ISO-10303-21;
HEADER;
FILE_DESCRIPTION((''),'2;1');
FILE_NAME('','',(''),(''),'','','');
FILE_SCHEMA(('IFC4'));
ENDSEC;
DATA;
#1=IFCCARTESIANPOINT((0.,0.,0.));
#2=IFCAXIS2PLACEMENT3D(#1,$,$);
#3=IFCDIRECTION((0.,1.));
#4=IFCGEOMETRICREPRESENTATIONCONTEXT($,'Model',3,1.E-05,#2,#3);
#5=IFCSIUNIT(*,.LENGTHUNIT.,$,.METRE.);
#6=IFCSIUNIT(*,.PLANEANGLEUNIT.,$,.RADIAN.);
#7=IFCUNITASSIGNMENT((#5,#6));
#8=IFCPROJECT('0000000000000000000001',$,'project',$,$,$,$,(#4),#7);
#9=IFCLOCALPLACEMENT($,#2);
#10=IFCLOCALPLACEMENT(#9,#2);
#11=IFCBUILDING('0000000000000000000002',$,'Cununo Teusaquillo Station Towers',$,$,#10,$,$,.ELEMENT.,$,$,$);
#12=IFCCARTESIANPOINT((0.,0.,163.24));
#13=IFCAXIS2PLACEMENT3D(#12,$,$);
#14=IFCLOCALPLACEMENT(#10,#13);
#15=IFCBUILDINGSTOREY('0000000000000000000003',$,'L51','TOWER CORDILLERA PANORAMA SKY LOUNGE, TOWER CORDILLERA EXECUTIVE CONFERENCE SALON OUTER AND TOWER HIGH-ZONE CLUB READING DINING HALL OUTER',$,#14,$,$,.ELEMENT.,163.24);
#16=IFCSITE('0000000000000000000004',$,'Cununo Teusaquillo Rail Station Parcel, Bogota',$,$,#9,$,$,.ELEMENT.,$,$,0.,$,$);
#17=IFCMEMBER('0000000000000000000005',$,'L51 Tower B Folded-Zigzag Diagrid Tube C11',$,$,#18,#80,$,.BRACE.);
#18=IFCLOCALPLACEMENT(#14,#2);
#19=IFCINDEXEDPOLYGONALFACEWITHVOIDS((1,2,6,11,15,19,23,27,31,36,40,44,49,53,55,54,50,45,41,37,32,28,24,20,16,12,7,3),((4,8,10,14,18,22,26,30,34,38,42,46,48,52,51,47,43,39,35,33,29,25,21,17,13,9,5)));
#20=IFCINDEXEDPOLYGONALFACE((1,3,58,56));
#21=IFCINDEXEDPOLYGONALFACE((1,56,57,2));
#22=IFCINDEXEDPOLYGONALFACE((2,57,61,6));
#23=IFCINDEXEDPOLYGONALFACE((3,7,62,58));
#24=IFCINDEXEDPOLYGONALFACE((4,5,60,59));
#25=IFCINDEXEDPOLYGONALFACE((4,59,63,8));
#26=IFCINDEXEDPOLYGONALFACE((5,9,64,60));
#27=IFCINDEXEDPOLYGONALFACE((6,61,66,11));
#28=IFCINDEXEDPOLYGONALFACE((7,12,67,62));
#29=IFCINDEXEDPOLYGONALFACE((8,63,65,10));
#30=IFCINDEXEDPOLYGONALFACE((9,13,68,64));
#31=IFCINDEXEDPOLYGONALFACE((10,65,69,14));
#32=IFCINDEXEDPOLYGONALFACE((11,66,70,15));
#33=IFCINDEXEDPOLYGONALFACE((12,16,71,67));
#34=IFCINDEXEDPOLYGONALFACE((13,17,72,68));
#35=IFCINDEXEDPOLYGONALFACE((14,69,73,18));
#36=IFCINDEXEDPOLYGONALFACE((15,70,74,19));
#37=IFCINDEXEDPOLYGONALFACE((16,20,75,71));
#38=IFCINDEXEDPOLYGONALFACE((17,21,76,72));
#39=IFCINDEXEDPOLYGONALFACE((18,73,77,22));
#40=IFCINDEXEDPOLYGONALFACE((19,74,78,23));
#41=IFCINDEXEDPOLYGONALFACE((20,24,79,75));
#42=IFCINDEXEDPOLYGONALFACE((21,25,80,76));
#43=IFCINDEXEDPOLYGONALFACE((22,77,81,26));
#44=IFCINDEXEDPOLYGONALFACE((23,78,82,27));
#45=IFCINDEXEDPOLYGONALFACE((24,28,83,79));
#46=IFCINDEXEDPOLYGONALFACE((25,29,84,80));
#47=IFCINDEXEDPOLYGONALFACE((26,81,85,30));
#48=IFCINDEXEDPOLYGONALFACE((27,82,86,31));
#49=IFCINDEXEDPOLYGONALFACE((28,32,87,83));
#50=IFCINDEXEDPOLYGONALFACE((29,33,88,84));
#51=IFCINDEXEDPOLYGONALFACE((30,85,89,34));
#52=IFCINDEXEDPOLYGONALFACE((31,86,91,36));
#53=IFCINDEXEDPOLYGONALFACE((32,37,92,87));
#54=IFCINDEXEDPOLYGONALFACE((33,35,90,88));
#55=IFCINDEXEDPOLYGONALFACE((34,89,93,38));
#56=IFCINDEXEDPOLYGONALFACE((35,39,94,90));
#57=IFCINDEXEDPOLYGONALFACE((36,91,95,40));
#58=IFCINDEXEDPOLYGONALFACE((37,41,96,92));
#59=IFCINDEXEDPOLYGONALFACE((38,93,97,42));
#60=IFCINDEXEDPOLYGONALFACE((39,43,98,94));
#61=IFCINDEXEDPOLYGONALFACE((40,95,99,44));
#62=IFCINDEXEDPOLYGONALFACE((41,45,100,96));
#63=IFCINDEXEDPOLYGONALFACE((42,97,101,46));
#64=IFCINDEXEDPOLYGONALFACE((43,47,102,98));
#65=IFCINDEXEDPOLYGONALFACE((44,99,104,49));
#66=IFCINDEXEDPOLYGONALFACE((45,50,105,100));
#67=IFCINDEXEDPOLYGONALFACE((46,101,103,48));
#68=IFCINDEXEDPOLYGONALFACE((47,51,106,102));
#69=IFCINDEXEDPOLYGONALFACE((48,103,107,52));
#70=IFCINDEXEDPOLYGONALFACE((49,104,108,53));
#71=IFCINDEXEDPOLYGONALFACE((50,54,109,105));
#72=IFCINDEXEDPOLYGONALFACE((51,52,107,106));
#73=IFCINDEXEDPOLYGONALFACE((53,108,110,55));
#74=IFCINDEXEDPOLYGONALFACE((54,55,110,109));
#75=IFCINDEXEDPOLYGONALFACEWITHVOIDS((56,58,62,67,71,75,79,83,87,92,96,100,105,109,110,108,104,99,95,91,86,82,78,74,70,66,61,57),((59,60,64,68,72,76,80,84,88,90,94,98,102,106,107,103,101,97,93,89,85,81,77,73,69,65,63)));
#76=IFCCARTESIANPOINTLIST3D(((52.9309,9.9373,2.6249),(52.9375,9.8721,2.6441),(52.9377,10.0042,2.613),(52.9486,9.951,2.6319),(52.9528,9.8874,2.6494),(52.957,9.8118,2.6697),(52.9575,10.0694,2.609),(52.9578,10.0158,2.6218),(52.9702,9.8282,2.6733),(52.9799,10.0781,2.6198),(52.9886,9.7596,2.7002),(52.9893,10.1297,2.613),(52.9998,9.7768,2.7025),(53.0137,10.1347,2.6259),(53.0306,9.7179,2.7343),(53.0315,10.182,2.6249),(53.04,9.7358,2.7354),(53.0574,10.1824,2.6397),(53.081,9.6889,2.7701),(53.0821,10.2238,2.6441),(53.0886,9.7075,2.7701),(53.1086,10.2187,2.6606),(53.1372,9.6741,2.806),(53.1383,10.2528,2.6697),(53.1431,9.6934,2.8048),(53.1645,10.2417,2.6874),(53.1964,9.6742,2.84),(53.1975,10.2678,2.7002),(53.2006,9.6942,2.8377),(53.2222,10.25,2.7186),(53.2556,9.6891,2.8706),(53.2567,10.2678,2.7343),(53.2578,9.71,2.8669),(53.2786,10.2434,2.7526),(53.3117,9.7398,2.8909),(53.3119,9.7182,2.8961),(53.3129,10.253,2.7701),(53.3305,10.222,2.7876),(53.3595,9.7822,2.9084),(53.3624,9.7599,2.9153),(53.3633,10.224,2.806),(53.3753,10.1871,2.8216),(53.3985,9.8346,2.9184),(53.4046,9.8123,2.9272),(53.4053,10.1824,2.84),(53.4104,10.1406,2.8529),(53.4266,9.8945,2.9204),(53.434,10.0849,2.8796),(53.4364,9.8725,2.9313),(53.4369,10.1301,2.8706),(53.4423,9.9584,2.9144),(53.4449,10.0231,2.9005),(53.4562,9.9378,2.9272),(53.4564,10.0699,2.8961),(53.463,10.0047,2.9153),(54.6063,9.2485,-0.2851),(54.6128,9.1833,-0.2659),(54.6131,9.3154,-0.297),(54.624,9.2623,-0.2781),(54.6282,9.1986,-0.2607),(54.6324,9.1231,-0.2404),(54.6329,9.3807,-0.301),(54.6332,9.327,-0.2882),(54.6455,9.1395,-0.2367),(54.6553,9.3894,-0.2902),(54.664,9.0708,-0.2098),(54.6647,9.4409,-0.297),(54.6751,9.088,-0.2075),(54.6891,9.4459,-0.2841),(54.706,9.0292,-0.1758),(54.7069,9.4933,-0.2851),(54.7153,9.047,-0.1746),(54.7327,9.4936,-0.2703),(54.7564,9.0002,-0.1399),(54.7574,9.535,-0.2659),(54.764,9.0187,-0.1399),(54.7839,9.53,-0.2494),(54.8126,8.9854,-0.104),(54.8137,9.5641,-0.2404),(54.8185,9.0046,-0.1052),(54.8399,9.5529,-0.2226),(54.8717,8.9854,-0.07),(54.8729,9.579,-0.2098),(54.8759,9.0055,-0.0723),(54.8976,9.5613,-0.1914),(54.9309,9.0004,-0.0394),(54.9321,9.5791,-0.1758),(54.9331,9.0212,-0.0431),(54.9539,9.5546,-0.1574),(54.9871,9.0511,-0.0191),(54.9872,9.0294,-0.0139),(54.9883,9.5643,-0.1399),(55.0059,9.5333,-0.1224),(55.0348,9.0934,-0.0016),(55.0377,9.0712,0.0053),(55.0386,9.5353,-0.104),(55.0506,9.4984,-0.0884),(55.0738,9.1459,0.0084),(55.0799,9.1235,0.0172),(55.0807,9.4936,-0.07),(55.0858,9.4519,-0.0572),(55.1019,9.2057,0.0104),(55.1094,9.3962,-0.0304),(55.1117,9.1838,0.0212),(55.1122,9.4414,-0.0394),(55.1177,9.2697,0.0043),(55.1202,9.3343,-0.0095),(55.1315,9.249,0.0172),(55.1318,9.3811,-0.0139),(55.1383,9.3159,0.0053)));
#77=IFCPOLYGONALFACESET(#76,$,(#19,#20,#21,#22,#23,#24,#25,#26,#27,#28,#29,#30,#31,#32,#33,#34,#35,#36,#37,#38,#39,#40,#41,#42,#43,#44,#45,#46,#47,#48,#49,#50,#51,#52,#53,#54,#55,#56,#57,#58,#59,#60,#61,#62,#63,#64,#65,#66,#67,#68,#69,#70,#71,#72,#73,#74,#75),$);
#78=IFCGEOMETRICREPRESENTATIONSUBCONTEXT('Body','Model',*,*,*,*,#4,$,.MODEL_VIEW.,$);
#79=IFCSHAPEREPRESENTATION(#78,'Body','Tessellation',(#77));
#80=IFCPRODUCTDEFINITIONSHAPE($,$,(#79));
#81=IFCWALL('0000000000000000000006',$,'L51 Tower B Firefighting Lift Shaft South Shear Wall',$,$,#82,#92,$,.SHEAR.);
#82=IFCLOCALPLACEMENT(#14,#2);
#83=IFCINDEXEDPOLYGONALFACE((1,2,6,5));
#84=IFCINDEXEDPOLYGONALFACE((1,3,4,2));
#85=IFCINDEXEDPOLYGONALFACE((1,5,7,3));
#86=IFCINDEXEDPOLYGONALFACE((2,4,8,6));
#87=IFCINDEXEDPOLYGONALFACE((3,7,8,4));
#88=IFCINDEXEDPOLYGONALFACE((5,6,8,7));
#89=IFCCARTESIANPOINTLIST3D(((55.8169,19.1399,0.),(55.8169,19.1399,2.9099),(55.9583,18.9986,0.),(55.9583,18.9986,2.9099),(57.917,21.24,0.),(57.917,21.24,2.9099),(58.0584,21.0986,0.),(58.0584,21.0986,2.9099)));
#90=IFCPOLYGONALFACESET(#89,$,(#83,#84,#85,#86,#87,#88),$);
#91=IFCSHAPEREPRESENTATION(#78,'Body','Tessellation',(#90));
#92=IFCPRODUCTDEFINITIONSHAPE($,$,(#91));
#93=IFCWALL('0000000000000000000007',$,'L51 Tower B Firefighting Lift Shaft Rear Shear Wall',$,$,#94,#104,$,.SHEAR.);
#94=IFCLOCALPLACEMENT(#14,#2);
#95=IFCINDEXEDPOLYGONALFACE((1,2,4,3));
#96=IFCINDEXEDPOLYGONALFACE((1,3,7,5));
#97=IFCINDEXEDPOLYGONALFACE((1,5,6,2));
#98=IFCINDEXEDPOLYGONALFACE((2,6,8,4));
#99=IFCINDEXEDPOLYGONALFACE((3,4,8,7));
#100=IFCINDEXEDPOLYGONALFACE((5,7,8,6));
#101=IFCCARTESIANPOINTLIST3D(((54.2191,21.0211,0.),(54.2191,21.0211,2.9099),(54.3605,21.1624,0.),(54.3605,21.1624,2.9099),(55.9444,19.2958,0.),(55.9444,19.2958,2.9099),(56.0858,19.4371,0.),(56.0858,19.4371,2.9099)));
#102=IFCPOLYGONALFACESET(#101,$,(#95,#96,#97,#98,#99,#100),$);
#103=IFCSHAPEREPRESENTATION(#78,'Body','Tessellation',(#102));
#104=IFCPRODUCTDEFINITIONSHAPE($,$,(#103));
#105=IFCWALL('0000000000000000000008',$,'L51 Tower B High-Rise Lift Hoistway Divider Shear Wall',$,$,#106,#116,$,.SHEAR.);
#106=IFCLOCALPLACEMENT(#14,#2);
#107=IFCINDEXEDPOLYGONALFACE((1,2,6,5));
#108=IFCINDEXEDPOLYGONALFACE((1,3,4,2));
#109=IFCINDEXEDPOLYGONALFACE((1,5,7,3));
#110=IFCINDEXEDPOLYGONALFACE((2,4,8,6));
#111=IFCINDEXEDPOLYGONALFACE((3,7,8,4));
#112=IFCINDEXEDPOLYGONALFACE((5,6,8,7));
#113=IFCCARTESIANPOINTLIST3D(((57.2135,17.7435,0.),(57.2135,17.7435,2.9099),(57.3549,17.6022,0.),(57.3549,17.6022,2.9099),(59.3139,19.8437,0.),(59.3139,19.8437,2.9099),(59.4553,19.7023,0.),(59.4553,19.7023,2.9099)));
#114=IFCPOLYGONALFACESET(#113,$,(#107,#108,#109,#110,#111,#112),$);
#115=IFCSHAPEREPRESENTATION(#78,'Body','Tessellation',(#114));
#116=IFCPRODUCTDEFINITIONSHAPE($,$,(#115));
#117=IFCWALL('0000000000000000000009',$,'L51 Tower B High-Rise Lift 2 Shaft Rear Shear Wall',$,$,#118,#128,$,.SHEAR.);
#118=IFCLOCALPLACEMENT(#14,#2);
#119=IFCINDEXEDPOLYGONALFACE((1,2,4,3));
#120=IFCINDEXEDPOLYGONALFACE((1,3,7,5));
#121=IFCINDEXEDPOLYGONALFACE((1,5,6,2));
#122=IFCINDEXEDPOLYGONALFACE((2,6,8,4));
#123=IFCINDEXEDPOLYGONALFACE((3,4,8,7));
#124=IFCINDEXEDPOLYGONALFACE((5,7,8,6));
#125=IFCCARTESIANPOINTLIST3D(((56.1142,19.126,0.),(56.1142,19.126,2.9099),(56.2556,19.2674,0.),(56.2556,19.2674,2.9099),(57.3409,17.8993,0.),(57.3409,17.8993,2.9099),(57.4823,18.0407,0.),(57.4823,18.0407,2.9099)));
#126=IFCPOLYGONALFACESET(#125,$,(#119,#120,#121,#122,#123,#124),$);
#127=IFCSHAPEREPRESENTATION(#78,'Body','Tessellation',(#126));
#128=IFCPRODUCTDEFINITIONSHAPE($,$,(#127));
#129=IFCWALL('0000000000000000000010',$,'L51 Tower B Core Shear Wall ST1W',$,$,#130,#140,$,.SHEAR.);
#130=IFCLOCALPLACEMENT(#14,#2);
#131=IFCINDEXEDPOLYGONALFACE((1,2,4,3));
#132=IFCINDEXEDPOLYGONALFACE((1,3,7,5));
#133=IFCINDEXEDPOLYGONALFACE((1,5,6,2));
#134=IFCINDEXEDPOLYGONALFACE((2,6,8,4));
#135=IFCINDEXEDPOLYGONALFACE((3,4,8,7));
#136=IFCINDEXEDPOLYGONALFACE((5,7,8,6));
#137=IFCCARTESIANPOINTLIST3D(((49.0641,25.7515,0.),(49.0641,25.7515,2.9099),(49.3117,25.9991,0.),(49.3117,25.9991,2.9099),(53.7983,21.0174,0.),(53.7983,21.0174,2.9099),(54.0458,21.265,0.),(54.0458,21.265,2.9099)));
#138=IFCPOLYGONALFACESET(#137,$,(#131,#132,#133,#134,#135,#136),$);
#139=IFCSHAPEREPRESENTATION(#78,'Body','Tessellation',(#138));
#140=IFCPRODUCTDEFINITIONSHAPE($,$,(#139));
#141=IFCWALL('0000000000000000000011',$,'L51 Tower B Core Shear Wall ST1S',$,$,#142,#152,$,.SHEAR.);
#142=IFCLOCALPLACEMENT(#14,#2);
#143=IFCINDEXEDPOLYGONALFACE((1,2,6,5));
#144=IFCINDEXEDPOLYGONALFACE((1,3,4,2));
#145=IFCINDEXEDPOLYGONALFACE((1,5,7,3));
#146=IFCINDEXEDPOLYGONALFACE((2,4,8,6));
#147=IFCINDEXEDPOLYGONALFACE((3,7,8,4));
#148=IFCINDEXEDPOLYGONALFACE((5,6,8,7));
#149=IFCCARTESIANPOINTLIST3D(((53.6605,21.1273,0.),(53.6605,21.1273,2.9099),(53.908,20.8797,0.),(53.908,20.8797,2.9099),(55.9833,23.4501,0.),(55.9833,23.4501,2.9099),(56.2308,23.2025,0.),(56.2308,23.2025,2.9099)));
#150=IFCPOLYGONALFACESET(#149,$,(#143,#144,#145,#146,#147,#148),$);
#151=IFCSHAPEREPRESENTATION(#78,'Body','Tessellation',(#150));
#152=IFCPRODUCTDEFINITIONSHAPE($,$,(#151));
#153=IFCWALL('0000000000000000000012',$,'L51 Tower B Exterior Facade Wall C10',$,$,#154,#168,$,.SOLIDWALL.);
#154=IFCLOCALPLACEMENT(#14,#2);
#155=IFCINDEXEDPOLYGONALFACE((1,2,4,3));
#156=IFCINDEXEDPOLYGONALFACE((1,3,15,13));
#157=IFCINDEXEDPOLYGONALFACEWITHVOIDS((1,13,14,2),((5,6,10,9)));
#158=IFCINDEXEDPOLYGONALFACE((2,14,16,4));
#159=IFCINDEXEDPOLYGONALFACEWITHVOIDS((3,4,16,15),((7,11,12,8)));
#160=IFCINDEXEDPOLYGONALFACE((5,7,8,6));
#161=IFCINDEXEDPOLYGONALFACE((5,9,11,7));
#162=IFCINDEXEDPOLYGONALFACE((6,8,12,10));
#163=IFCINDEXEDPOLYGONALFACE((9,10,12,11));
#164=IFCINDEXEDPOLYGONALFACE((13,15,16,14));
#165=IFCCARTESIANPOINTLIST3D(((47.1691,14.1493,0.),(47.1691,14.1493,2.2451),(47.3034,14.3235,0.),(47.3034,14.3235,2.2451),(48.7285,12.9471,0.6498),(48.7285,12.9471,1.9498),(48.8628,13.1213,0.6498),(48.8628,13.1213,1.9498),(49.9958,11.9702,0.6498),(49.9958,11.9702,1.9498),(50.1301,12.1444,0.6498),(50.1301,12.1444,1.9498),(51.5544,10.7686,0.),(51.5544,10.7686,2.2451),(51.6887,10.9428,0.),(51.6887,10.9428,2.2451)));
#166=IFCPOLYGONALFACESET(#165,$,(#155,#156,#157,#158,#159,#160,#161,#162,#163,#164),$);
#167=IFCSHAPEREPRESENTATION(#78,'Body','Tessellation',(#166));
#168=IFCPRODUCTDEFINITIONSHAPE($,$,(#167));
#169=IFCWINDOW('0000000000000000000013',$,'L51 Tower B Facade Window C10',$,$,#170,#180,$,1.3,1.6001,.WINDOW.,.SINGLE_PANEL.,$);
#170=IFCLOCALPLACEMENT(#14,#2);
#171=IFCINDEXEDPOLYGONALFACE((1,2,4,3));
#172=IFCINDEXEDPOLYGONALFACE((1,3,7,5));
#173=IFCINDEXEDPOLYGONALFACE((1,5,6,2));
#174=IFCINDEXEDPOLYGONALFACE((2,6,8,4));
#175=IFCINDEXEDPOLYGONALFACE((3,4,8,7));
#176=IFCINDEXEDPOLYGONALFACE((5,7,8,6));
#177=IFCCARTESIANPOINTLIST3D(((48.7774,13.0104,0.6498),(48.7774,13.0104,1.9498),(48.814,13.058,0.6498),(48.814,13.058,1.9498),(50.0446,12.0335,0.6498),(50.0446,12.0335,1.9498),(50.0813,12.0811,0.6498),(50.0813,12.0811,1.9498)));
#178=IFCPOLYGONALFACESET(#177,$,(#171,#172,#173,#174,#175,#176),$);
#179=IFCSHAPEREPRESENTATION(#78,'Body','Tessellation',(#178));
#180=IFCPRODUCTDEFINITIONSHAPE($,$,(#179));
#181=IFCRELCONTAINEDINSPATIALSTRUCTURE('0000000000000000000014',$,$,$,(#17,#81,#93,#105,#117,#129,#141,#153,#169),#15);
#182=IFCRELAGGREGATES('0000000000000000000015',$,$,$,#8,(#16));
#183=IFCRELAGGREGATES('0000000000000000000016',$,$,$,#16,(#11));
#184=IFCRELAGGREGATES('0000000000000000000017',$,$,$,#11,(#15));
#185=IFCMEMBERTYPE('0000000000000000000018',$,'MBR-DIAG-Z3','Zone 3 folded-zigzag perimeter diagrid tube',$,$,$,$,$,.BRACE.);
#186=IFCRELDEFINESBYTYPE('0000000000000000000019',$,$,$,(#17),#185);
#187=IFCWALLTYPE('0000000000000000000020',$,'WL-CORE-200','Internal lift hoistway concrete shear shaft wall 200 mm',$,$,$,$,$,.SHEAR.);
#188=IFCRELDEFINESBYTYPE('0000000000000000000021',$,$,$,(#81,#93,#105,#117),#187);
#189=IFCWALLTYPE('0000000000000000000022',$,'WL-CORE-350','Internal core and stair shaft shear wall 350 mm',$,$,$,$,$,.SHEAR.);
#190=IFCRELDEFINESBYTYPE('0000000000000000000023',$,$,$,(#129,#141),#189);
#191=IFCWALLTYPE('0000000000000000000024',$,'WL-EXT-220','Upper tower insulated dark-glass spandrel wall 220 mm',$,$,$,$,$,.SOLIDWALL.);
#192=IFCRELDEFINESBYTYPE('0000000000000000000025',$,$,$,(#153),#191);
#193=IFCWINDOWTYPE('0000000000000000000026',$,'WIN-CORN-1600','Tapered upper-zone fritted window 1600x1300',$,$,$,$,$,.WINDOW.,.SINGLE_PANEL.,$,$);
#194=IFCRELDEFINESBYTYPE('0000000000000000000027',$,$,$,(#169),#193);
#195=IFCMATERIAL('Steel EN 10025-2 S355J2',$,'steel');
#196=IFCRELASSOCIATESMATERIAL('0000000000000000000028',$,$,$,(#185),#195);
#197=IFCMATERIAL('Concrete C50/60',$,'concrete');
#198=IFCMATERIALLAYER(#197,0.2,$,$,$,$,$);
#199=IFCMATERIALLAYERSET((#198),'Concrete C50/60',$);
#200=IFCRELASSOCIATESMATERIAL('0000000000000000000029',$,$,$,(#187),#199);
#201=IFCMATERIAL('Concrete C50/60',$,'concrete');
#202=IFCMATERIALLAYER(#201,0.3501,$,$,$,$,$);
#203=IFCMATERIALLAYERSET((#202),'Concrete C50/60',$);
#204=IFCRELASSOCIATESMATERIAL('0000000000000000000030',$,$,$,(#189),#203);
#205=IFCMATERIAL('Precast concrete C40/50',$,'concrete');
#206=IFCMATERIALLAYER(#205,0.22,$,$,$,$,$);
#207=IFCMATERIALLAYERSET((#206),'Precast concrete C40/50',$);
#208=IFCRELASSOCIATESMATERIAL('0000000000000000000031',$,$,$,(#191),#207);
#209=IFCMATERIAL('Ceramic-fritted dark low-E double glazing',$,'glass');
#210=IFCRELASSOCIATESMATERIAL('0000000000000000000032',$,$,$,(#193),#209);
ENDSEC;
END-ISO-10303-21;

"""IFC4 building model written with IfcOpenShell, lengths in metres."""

from ifc_helpers import new_model, si_unit, direction, frame, frame_2d, origin, origin_2d, place, context, subcontext, project, spatial, rectangle, hollow_circle, extrude, source, transform, mapped, material, layer, layer_set, material_profile, profile_set, type_object, element, fill, save


model = new_model("IFC4")

# Units and contexts
model_context = context("Model", 3, precision=1e-05, world=origin(), true_north=direction((0.0, 1.0)))
body_context = subcontext(model_context, "Body", "Model", "MODEL_VIEW")
ifc_project = project(units=[si_unit("LENGTHUNIT", "METRE"), si_unit("PLANEANGLEUNIT", "RADIAN")], contexts=[model_context])

# Site, building, storey
site_placement = place(None, origin())
site = spatial("IfcSite", under=ifc_project, at=site_placement, Name="Cununo Teusaquillo Rail Station Parcel, Bogota", CompositionType="ELEMENT", RefElevation=0.0)
building_placement = place(site_placement, origin())
building = spatial("IfcBuilding", under=site, at=building_placement, Name="Cununo Teusaquillo Station Towers", CompositionType="ELEMENT")
storey_placement = place(building_placement, frame((0.0, 0.0, 163.24)))
storey = spatial("IfcBuildingStorey", under=building, at=storey_placement, Name="L51", Description="TOWER CORDILLERA PANORAMA SKY LOUNGE, TOWER CORDILLERA EXECUTIVE CONFERENCE SALON OUTER AND TOWER HIGH-ZONE CLUB READING DINING HALL OUTER", CompositionType="ELEMENT", Elevation=163.24)

# Member
ifc_material_1 = material(Name="Steel EN 10025-2 S355J2", Category="steel")
ifc_material_profile_1 = material_profile(ifc_material_1, hollow_circle(Radius=0.3049, WallThickness=0.02, at=origin_2d()), Name="CHS 610x20")
ifc_profile_set_1 = profile_set([ifc_material_profile_1], Name="Steel EN 10025-2 S355J2")
member_type = type_object("IfcMemberType", Name="MBR-DIAG-Z3", Description="Zone 3 folded-zigzag perimeter diagrid tube", PredefinedType="BRACE", material=ifc_profile_set_1)
member_placement = place(storey_placement, frame((54.8723, 9.2822, -0.1399), z_axis=(-0.488764, 0.200933, 0.848962), x_axis=(-0.380228, -0.924893, 0.0)))
element("IfcMember", 1, at=member_placement, inside=storey, type_object=member_type, Name="L51 Tower B Folded-Zigzag Diagrid Tube C11", PredefinedType="BRACE", context=body_context, shape_type="SweptSolid", body=[
    extrude(hollow_circle(Radius=0.3049, WallThickness=0.02, at=origin_2d()), origin(), (0.0, 0.0, 1.0), 3.4277),
])

# Walls
ifc_material_2 = material(Name="Concrete C50/60", Category="concrete")
ifc_layer_1 = layer(ifc_material_2, 0.2)
ifc_layer_set_1 = layer_set([ifc_layer_1], Name="Concrete C50/60")
wall_type_1 = type_object("IfcWallType", Name="WL-CORE-200", Description="Internal lift hoistway concrete shear shaft wall 200 mm", PredefinedType="SHEAR", material=ifc_layer_set_1)
wall_1_placement = place(storey_placement, frame((55.8877, 19.0693, 0.0), z_axis=(0.0, 0.0, 1.0), x_axis=(0.707107, 0.707107, 0.0)))
element("IfcWall", 2, at=wall_1_placement, inside=storey, type_object=wall_type_1, Name="L51 Tower B Firefighting Lift Shaft South Shear Wall", PredefinedType="SHEAR", context=body_context, shape_type="SweptSolid", body=[
    extrude(rectangle(XDim=2.97, YDim=0.2, at=frame_2d((1.4849, 0.0))), origin(), (0.0, 0.0, 1.0), 2.9099),
])
wall_2_placement = place(storey_placement, frame((56.0151, 19.3665, 0.0), z_axis=(0.0, 0.0, 1.0), x_axis=(-0.707107, 0.707107, 0.0)))
element("IfcWall", 3, at=wall_2_placement, inside=storey, type_object=wall_type_1, Name="L51 Tower B Firefighting Lift Shaft Rear Shear Wall", PredefinedType="SHEAR", context=body_context, shape_type="SweptSolid", body=[
    extrude(rectangle(XDim=2.4399, YDim=0.2, at=frame_2d((1.22, 0.0))), origin(), (0.0, 0.0, 1.0), 2.9099),
])
wall_3_placement = place(storey_placement, frame((57.2842, 17.6729, 0.0), z_axis=(0.0, 0.0, 1.0), x_axis=(0.707148, 0.707066, 0.0)))
element("IfcWall", 4, at=wall_3_placement, inside=storey, type_object=wall_type_1, Name="L51 Tower B High-Rise Lift Hoistway Divider Shear Wall", PredefinedType="SHEAR", context=body_context, shape_type="SweptSolid", body=[
    extrude(rectangle(XDim=2.9702, YDim=0.2, at=frame_2d((1.4851, 0.0))), origin(), (0.0, 0.0, 1.0), 2.9099),
])
wall_4_placement = place(storey_placement, frame((57.4116, 17.97, 0.0), z_axis=(0.0, 0.0, 1.0), x_axis=(-0.707107, 0.707107, 0.0)))
element("IfcWall", 5, at=wall_4_placement, inside=storey, type_object=wall_type_1, Name="L51 Tower B High-Rise Lift 2 Shaft Rear Shear Wall", PredefinedType="SHEAR", context=body_context, shape_type="SweptSolid", body=[
    extrude(rectangle(XDim=1.7349, YDim=0.2, at=frame_2d((0.8674, 0.0))), origin(), (0.0, 0.0, 1.0), 2.9099),
])
ifc_material_3 = material(Name="Concrete C50/60", Category="concrete")
ifc_layer_2 = layer(ifc_material_3, 0.3501)
ifc_layer_set_2 = layer_set([ifc_layer_2], Name="Concrete C50/60")
wall_type_2 = type_object("IfcWallType", Name="WL-CORE-350", Description="Internal core and stair shaft shear wall 350 mm", PredefinedType="SHEAR", material=ifc_layer_set_2)
wall_5_placement = place(storey_placement, frame((53.9221, 21.1411, 0.0), z_axis=(0.0, 0.0, 1.0), x_axis=(-0.707107, 0.707107, 0.0)))
element("IfcWall", 6, at=wall_5_placement, inside=storey, type_object=wall_type_2, Name="L51 Tower B Core Shear Wall ST1W", PredefinedType="SHEAR", context=body_context, shape_type="SweptSolid", body=[
    extrude(rectangle(XDim=6.6951, YDim=0.3501, at=frame_2d((3.3477, 0.0))), origin(), (0.0, 0.0, 1.0), 2.9099),
])
wall_6_placement = place(storey_placement, frame((53.7842, 21.0034, 0.0), z_axis=(0.0, 0.0, 1.0), x_axis=(0.707107, 0.707107, 0.0)))
element("IfcWall", 7, at=wall_6_placement, inside=storey, type_object=wall_type_2, Name="L51 Tower B Core Shear Wall ST1S", PredefinedType="SHEAR", context=body_context, shape_type="SweptSolid", body=[
    extrude(rectangle(XDim=3.2849, YDim=0.3501, at=frame_2d((1.6426, 0.0))), origin(), (0.0, 0.0, 1.0), 2.9099),
])

# Wall, opening, window
ifc_material_4 = material(Name="Precast concrete C40/50", Category="concrete")
ifc_layer_3 = layer(ifc_material_4, 0.22)
ifc_layer_set_3 = layer_set([ifc_layer_3], Name="Precast concrete C40/50")
wall_type_3 = type_object("IfcWallType", Name="WL-EXT-220", Description="Upper tower insulated dark-glass spandrel wall 220 mm", PredefinedType="SOLIDWALL", material=ifc_layer_set_3)
wall_7_placement = place(storey_placement, frame((51.6216, 10.8557, 0.0), z_axis=(0.0, 0.0, 1.0), x_axis=(-0.791983, 0.610544, 0.0)))
wall_7 = element("IfcWall", 8, at=wall_7_placement, inside=storey, type_object=wall_type_3, Name="L51 Tower B Exterior Facade Wall C10", PredefinedType="SOLIDWALL", context=body_context, shape_type="SweptSolid", body=[
    extrude(rectangle(XDim=5.5371, YDim=0.22, at=frame_2d((2.7686, 0.0))), origin(), (0.0, 0.0, 1.0), 2.2451),
])
shared_shape_1 = source(origin(), body_context, "Body", "SweptSolid", [
    extrude(rectangle(XDim=1.6001, YDim=1.3, at=frame_2d((0.8, 0.6499))), frame((0.0, 0.1199, 0.0), z_axis=(0.0, -1.0, 0.0), x_axis=(1.0, 0.0, 0.0)), (0.0, 0.0, 1.0), 0.24),
])
opening_1_placement = place(wall_7_placement, frame((1.968, 0.0, 0.6499)))
opening_1 = element("IfcOpeningElement", 9, at=opening_1_placement, cuts=wall_7, PredefinedType="OPENING", context=body_context, shape_type="MappedRepresentation", body=[
    mapped(shared_shape_1, transform((0.0, 0.0, 0.0), x_axis=(1.0, 0.0, 0.0), y_axis=(0.0, 1.0, 0.0), z_axis=(0.0, 0.0, 1.0), scale=1.0)),
])
ifc_material_5 = material(Name="Ceramic-fritted dark low-E double glazing", Category="glass")
window_type = type_object("IfcWindowType", Name="WIN-CORN-1600", Description="Tapered upper-zone fritted window 1600x1300", PartitioningType="SINGLE_PANEL", PredefinedType="WINDOW", material=ifc_material_5)
shared_shape_2 = source(origin(), body_context, "Body", "SweptSolid", [
    extrude(rectangle(XDim=1.6001, YDim=1.3, at=frame_2d((0.8, 0.6499))), frame((0.0, 0.03, 0.0), z_axis=(0.0, -1.0, 0.0), x_axis=(1.0, 0.0, 0.0)), (0.0, 0.0, 1.0), 0.0601),
])
window_placement = place(opening_1_placement, origin())
window = element("IfcWindow", 10, at=window_placement, inside=storey, type_object=window_type, Name="L51 Tower B Facade Window C10", OverallHeight=1.3, OverallWidth=1.6001, PartitioningType="SINGLE_PANEL", PredefinedType="WINDOW", context=body_context, shape_type="MappedRepresentation", body=[
    mapped(shared_shape_2, transform((0.0, 0.0, 0.0), x_axis=(1.0, 0.0, 0.0), y_axis=(0.0, 1.0, 0.0), z_axis=(0.0, 0.0, 1.0), scale=1.0)),
])
fill(opening_1, window)

save(model, "model.ifc")
